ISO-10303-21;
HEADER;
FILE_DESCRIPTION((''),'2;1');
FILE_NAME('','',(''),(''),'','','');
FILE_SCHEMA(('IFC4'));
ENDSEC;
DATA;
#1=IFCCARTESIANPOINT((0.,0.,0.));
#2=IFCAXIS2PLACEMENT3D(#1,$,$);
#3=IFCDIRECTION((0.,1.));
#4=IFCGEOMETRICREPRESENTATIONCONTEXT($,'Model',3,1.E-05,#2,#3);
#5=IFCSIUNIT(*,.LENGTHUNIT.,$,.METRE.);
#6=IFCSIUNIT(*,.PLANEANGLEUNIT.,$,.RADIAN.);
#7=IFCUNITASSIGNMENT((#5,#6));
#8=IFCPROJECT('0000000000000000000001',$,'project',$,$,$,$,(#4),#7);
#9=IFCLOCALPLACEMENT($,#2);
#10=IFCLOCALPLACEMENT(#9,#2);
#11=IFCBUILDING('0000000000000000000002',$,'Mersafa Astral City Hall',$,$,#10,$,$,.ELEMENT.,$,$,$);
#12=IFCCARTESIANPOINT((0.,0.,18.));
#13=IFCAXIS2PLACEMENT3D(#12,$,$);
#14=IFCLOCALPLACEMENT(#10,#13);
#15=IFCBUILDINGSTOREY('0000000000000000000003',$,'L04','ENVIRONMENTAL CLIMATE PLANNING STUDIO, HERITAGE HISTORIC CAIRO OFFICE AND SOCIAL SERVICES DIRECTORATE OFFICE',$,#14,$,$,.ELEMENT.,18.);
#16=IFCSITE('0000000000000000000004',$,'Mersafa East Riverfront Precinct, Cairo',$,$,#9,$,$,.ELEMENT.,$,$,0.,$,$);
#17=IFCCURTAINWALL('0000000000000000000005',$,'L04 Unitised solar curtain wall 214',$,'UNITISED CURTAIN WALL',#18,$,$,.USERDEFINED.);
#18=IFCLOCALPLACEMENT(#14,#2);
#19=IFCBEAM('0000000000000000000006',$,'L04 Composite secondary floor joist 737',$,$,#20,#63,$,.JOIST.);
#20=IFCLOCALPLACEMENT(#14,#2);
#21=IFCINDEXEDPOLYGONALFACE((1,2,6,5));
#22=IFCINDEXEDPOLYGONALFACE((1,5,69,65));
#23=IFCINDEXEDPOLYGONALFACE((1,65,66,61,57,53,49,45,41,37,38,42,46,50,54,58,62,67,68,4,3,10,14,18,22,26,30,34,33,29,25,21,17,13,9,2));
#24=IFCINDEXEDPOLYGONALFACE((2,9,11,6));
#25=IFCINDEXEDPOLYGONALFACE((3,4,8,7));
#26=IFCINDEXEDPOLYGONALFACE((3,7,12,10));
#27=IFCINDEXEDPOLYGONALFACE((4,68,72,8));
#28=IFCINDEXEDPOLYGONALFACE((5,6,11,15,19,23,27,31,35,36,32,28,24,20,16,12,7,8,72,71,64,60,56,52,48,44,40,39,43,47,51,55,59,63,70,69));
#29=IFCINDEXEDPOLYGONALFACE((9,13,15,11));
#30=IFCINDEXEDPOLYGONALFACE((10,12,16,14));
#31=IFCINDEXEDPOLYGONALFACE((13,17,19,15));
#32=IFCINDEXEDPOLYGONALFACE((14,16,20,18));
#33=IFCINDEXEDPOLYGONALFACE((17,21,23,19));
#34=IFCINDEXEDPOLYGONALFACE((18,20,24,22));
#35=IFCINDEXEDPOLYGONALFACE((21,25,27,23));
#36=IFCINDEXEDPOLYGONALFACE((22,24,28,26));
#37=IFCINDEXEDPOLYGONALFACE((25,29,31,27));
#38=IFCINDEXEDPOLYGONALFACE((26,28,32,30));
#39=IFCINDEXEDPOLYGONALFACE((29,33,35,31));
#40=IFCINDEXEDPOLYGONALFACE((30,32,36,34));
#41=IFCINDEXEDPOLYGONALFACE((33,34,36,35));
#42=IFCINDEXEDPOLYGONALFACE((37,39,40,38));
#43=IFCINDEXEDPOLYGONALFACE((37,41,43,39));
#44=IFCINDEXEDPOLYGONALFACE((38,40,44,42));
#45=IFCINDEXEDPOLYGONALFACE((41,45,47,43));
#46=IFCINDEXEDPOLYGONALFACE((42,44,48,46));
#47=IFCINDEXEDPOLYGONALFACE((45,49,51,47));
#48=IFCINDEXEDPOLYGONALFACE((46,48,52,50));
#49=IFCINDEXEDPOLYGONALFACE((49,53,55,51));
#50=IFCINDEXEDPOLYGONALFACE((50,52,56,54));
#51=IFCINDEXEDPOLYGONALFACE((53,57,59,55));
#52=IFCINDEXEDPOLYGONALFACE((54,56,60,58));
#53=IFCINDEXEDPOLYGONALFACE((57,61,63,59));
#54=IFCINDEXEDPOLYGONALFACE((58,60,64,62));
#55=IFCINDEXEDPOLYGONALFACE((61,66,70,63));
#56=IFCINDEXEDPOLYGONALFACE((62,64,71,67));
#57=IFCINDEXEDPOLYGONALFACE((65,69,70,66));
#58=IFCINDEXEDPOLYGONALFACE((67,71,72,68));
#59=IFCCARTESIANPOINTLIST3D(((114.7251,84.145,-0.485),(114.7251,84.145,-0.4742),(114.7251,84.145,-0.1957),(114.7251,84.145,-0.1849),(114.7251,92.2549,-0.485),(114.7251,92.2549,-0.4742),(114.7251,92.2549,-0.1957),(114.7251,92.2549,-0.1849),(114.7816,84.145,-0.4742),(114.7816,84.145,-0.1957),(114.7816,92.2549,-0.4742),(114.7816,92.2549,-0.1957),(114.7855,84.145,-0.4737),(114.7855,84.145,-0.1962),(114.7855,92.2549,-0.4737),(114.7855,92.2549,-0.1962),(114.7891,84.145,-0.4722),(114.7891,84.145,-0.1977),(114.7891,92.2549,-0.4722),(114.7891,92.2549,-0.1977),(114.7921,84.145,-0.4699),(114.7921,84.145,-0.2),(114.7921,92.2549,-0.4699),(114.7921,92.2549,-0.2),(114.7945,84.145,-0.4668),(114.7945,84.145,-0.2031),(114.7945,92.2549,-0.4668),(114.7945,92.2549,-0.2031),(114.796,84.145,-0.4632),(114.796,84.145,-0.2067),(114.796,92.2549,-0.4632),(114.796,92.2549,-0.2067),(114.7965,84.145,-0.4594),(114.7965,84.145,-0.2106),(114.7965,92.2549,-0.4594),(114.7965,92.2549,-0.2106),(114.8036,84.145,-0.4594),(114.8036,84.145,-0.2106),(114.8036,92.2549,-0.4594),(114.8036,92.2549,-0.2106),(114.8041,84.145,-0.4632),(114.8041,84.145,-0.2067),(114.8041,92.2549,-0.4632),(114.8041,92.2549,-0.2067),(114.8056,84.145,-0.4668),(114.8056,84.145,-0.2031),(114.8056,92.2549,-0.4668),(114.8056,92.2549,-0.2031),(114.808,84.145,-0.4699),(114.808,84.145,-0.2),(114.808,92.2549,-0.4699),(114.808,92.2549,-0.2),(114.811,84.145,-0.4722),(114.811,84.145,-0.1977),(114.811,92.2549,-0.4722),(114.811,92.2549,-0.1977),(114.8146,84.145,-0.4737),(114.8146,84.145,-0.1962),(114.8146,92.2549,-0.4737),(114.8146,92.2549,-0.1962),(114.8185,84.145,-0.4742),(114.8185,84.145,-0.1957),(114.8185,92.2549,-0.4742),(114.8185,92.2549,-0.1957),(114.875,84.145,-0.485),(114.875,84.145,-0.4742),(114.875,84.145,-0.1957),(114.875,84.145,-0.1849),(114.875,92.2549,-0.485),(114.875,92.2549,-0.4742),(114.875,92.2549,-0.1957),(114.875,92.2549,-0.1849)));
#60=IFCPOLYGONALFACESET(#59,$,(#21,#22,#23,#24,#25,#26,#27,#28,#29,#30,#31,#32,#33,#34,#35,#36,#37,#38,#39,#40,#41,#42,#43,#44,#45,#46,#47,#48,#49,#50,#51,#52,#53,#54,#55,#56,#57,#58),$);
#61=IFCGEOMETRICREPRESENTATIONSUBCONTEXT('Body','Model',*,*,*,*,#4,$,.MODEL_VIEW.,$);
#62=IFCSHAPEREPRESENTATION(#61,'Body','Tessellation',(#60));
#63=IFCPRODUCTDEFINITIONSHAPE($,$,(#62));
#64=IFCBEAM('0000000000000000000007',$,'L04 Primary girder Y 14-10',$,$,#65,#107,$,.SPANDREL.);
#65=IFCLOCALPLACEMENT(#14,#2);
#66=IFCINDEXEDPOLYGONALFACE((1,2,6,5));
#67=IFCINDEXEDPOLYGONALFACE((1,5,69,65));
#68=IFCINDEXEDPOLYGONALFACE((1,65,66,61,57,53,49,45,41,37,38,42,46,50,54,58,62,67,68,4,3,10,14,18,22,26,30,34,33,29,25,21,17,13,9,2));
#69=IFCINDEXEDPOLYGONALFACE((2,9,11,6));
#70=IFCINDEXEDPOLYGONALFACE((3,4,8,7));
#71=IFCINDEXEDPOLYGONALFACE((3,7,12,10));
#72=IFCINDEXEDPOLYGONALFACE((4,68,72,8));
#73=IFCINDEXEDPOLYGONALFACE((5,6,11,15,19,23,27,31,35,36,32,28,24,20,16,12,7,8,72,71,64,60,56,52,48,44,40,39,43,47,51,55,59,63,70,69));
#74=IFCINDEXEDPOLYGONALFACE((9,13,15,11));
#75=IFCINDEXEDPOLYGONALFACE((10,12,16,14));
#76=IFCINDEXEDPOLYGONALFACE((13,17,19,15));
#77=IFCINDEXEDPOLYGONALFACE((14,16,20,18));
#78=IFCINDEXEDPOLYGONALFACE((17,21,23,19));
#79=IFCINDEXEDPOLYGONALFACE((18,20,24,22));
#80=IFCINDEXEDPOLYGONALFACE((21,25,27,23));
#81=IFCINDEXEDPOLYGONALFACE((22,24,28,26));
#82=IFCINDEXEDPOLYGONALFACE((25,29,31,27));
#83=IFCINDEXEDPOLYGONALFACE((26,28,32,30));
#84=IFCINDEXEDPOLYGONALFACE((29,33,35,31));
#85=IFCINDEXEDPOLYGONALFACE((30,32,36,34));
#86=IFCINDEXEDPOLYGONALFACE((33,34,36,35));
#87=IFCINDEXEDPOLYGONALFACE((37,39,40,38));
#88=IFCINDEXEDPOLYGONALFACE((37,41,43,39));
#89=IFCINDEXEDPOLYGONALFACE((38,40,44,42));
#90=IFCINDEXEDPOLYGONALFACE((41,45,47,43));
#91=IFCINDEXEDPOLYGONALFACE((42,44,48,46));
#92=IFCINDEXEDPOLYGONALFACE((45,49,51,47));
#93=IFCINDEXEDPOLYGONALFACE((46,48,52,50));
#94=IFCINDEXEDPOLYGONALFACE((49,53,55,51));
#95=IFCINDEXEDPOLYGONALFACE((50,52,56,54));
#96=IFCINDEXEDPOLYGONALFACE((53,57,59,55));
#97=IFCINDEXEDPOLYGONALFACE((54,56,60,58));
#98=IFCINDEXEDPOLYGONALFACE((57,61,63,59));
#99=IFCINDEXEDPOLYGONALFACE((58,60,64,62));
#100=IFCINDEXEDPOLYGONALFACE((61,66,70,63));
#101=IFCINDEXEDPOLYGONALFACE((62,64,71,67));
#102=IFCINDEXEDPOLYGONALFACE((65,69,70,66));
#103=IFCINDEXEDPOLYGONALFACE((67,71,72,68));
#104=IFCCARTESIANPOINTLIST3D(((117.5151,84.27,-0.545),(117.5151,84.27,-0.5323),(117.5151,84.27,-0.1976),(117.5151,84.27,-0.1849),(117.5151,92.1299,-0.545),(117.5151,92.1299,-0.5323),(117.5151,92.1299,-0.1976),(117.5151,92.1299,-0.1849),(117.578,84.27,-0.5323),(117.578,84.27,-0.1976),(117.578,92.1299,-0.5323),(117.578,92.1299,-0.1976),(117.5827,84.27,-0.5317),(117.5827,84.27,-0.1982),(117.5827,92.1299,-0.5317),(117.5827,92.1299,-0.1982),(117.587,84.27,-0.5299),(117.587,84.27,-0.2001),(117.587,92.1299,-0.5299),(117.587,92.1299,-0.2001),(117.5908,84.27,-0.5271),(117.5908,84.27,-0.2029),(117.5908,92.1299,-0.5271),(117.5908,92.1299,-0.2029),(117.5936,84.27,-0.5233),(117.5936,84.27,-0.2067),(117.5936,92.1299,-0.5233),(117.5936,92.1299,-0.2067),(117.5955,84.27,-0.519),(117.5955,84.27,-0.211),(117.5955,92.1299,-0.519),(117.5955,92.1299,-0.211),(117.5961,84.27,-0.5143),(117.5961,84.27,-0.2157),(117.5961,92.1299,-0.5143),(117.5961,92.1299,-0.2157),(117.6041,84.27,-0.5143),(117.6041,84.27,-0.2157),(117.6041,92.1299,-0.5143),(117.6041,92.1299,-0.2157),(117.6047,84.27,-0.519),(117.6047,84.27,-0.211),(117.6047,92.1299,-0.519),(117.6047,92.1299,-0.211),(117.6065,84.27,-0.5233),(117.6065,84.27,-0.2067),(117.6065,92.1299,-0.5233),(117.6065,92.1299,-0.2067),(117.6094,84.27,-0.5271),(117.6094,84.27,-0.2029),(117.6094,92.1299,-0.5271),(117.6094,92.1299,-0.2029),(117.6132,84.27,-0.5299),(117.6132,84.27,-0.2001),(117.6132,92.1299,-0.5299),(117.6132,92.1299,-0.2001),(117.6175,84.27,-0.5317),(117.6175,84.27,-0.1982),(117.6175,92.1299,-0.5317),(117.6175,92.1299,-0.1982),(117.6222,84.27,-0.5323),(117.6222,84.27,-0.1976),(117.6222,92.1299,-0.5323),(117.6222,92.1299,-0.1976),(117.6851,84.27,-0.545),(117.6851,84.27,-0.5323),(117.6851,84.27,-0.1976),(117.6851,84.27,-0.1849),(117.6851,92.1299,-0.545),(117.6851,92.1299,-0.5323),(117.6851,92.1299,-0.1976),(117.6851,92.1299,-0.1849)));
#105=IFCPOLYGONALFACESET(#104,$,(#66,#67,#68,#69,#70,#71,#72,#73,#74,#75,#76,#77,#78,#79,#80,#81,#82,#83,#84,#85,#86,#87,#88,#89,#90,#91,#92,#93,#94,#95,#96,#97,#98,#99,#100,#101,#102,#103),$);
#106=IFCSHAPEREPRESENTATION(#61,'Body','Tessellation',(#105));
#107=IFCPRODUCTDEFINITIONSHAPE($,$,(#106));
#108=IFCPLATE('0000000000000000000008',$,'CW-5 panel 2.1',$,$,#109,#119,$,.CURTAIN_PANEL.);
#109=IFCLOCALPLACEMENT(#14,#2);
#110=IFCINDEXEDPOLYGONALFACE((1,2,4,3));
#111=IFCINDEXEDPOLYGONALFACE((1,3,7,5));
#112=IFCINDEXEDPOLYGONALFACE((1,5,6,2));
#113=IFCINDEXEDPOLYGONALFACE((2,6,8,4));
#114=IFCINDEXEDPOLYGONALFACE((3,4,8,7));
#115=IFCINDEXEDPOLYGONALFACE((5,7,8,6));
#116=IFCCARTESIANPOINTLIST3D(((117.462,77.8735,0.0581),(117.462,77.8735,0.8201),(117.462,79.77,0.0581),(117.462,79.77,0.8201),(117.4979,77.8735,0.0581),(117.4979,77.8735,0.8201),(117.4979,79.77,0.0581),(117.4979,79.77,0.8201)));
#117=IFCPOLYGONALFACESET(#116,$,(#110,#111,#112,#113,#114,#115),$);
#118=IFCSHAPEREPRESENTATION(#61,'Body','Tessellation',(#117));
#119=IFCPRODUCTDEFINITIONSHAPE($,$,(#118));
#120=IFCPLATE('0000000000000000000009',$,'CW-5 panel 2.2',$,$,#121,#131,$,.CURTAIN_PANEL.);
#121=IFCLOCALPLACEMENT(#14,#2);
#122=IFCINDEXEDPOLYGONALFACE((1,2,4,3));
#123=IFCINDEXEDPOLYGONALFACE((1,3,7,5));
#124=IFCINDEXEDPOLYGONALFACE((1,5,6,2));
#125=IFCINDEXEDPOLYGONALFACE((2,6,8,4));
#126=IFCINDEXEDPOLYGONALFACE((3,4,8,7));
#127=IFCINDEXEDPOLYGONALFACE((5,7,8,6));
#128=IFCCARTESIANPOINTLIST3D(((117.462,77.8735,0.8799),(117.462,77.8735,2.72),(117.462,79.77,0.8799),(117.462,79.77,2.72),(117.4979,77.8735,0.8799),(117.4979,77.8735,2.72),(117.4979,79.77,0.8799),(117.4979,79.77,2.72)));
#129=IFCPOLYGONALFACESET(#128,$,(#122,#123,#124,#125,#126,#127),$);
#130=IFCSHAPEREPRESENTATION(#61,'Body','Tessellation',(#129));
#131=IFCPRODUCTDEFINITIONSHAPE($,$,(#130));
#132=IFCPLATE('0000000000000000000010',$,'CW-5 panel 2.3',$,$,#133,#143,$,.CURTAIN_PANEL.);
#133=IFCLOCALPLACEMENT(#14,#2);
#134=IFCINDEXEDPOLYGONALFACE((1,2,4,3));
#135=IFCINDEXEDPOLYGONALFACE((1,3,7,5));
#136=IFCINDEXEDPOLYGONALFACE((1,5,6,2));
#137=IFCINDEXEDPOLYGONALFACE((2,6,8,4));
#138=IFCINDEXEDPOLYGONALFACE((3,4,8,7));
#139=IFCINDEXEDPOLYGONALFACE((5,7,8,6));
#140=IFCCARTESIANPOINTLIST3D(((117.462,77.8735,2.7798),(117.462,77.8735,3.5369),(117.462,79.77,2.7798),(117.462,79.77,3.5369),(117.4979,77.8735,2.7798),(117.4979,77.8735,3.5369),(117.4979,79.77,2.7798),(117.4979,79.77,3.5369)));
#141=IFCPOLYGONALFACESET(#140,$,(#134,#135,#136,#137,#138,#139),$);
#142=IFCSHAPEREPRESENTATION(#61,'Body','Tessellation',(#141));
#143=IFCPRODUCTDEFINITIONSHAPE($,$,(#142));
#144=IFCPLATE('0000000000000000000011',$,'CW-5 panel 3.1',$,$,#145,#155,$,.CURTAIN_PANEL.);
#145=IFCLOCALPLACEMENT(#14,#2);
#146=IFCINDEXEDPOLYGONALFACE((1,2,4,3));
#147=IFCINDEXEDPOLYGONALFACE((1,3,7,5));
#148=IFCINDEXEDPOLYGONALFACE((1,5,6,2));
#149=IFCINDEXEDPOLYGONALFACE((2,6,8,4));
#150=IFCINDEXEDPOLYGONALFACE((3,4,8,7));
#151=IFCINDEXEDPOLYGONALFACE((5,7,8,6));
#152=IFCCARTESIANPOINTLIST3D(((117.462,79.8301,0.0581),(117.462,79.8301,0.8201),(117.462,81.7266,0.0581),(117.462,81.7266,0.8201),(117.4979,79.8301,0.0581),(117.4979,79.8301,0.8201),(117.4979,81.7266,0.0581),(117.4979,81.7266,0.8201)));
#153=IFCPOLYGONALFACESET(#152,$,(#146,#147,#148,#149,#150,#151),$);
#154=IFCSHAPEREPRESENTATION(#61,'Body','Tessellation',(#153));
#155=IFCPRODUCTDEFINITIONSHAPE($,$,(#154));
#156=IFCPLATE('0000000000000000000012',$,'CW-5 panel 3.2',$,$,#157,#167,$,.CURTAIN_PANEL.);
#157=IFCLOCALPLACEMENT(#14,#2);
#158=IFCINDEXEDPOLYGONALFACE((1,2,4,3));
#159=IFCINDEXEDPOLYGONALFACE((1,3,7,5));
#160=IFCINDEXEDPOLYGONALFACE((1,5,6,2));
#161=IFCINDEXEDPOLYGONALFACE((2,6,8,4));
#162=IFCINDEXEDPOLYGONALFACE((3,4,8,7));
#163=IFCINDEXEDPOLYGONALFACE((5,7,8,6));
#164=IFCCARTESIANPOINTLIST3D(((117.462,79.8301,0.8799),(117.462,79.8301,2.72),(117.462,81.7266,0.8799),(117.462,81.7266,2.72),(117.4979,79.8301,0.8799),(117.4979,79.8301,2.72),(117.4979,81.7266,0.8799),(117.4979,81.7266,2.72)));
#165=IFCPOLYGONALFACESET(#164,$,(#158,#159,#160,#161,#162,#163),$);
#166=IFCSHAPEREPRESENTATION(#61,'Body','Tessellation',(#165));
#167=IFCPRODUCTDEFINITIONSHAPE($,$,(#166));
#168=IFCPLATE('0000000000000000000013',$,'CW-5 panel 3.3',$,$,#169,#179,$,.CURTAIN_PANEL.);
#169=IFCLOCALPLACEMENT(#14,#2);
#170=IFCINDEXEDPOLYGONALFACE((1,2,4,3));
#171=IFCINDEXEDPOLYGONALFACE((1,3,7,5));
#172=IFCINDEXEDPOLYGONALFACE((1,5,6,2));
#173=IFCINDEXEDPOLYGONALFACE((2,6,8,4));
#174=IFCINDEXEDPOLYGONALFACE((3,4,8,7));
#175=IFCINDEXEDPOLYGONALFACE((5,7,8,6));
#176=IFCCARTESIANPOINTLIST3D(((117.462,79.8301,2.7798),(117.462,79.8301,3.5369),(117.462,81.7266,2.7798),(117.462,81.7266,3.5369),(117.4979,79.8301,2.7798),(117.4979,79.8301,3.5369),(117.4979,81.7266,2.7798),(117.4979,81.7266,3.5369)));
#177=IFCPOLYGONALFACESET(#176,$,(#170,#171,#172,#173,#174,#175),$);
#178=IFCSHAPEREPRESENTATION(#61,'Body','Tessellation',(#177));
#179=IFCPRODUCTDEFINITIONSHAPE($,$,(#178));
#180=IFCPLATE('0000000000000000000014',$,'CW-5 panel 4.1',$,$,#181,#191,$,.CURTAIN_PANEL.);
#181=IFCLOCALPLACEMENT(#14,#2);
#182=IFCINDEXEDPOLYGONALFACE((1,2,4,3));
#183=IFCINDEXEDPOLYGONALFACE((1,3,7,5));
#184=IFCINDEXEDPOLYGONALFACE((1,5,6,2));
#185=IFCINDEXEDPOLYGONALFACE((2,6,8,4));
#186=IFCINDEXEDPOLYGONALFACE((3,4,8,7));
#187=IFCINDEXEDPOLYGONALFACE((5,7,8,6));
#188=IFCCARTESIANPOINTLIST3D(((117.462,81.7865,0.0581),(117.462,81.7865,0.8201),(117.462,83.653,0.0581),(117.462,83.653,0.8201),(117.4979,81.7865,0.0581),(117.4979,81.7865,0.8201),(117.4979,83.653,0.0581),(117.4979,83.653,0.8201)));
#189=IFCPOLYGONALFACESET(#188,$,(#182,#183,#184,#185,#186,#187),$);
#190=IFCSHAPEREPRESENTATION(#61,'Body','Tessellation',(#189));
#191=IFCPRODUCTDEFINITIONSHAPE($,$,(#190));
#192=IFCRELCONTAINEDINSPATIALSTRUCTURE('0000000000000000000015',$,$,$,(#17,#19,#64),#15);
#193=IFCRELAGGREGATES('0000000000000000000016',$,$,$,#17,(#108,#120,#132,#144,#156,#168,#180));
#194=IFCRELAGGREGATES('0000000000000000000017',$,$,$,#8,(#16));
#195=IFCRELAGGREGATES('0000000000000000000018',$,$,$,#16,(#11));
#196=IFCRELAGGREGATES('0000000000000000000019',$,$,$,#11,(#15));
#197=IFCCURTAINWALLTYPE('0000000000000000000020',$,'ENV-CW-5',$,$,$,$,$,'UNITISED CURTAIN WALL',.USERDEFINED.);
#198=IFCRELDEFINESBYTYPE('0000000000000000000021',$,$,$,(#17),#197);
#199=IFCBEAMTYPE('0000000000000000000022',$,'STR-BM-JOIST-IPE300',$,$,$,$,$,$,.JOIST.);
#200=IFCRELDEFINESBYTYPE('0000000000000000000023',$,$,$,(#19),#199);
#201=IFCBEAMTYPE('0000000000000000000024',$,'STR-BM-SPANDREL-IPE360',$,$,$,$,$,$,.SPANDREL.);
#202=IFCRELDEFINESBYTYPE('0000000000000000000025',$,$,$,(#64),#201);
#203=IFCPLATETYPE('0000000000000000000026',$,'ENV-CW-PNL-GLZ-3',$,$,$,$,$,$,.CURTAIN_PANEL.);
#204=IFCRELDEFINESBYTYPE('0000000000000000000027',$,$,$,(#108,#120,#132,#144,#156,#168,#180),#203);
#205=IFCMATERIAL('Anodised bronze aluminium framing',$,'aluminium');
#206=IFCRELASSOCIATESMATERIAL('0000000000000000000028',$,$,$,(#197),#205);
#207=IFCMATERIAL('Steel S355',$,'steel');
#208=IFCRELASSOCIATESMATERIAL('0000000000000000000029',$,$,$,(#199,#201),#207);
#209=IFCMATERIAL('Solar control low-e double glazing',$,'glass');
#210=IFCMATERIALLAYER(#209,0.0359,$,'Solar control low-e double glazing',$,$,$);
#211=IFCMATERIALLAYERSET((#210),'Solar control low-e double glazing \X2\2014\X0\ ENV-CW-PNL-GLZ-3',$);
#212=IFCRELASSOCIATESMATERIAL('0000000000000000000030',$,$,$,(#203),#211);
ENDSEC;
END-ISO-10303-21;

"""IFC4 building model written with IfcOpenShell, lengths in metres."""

from ifc_helpers import new_model, si_unit, direction, frame, origin, origin_2d, place, context, subcontext, project, spatial, rectangle, i_section, extrude, material, layer, layer_set, material_profile, profile_set, type_object, element, aggregate, save


model = new_model("IFC4")

# Units and contexts
model_context = context("Model", 3, precision=1e-05, world=origin(), true_north=direction((0.0, 1.0)))
body_context = subcontext(model_context, "Body", "Model", "MODEL_VIEW")
ifc_project = project(units=[si_unit("LENGTHUNIT", "METRE"), si_unit("PLANEANGLEUNIT", "RADIAN")], contexts=[model_context])

# Site, building, storey
site_placement = place(None, origin())
site = spatial("IfcSite", under=ifc_project, at=site_placement, Name="Mersafa East Riverfront Precinct, Cairo", CompositionType="ELEMENT", RefElevation=0.0)
building_placement = place(site_placement, origin())
building = spatial("IfcBuilding", under=site, at=building_placement, Name="Mersafa Astral City Hall", CompositionType="ELEMENT")
storey_placement = place(building_placement, frame((0.0, 0.0, 18.0)))
storey = spatial("IfcBuildingStorey", under=building, at=storey_placement, Name="L04", Description="ENVIRONMENTAL CLIMATE PLANNING STUDIO, HERITAGE HISTORIC CAIRO OFFICE AND SOCIAL SERVICES DIRECTORATE OFFICE", CompositionType="ELEMENT", Elevation=18.0)

# Shared definitions
ifc_material_1 = material(Name="Steel S355", Category="steel")

# Curtain wall
ifc_material_2 = material(Name="Anodised bronze aluminium framing", Category="aluminium")
curtain_wall_type_1 = type_object("IfcCurtainWallType", Name="ENV-CW-5", ElementType="UNITISED CURTAIN WALL", PredefinedType="USERDEFINED", material=ifc_material_2)
curtain_wall_1_placement = place(storey_placement, origin())
curtain_wall_1 = element("IfcCurtainWall", 1, at=curtain_wall_1_placement, inside=storey, type_object=curtain_wall_type_1, Name="L04 Unitised solar curtain wall 214", ObjectType="UNITISED CURTAIN WALL", PredefinedType="USERDEFINED")

# Beams
ifc_material_profile_1 = material_profile(ifc_material_1, i_section(OverallWidth=0.1499, OverallDepth=0.3, WebThickness=0.0071, FlangeThickness=0.0107, FilletRadius=0.0149, at=origin_2d()), Name="IPE 300")
ifc_profile_set_1 = profile_set([ifc_material_profile_1], Name="Steel S355")
beam_type_1 = type_object("IfcBeamType", Name="STR-BM-JOIST-IPE300", PredefinedType="JOIST", material=ifc_profile_set_1)
for number, where, z_axis, x_axis, name in (
    (2, (114.8, 84.145, -0.335), (0.0, 1.0, 0.0), (-1.0, 0.0, 0.0), "L04 Composite secondary floor joist 737"),
):
    element("IfcBeam", number, at=place(storey_placement, frame(where, z_axis=z_axis, x_axis=x_axis)), inside=storey, type_object=beam_type_1, Name=name, PredefinedType="JOIST", context=body_context, shape_type="SweptSolid", body=[
        extrude(i_section(OverallWidth=0.1499, OverallDepth=0.3, WebThickness=0.0071, FlangeThickness=0.0107, FilletRadius=0.0149, at=origin_2d()), origin(), (0.0, 0.0, 1.0), 8.1099),
    ])
ifc_material_profile_2 = material_profile(ifc_material_1, i_section(OverallWidth=0.1699, OverallDepth=0.3601, WebThickness=0.0081, FlangeThickness=0.0127, FilletRadius=0.0181, at=origin_2d()), Name="IPE 360")
ifc_profile_set_2 = profile_set([ifc_material_profile_2], Name="Steel S355")
beam_type_2 = type_object("IfcBeamType", Name="STR-BM-SPANDREL-IPE360", PredefinedType="SPANDREL", material=ifc_profile_set_2)
beam_placement = place(storey_placement, frame((117.6001, 84.27, -0.365), z_axis=(0.0, 1.0, 0.0), x_axis=(-1.0, 0.0, 0.0)))
element("IfcBeam", 3, at=beam_placement, inside=storey, type_object=beam_type_2, Name="L04 Primary girder Y 14-10", PredefinedType="SPANDREL", context=body_context, shape_type="SweptSolid", body=[
    extrude(i_section(OverallWidth=0.1699, OverallDepth=0.3601, WebThickness=0.0081, FlangeThickness=0.0127, FilletRadius=0.0181, at=origin_2d()), origin(), (0.0, 0.0, 1.0), 7.8599),
])

# Plates
ifc_material_3 = material(Name="Solar control low-e double glazing", Category="glass")
ifc_layer_1 = layer(ifc_material_3, 0.0359, Name="Solar control low-e double glazing")
ifc_layer_set_1 = layer_set([ifc_layer_1], Name="Solar control low-e double glazing — ENV-CW-PNL-GLZ-3")
plate_type_1 = type_object("IfcPlateType", Name="ENV-CW-PNL-GLZ-3", PredefinedType="CURTAIN_PANEL", material=ifc_layer_set_1)
plate_1_placement = place(storey_placement, frame((117.48, 78.8218, 0.0581), z_axis=(0.0, 0.0, 1.0), x_axis=(0.0, 1.0, 0.0)))
plate_1 = element("IfcPlate", 4, at=plate_1_placement, type_object=plate_type_1, Name="CW-5 panel 2.1", PredefinedType="CURTAIN_PANEL", context=body_context, shape_type="SweptSolid", body=[
    extrude(rectangle(XDim=1.8965, YDim=0.0359, at=origin_2d()), origin(), (0.0, 0.0, 1.0), 0.762),
])
plate_2_placement = place(storey_placement, frame((117.48, 78.8218, 0.8799), z_axis=(0.0, 0.0, 1.0), x_axis=(0.0, 1.0, 0.0)))
plate_2 = element("IfcPlate", 5, at=plate_2_placement, type_object=plate_type_1, Name="CW-5 panel 2.2", PredefinedType="CURTAIN_PANEL", context=body_context, shape_type="SweptSolid", body=[
    extrude(rectangle(XDim=1.8965, YDim=0.0359, at=origin_2d()), origin(), (0.0, 0.0, 1.0), 1.8401),
])
plate_3_placement = place(storey_placement, frame((117.48, 78.8218, 2.7798), z_axis=(0.0, 0.0, 1.0), x_axis=(0.0, 1.0, 0.0)))
plate_3 = element("IfcPlate", 6, at=plate_3_placement, type_object=plate_type_1, Name="CW-5 panel 2.3", PredefinedType="CURTAIN_PANEL", context=body_context, shape_type="SweptSolid", body=[
    extrude(rectangle(XDim=1.8965, YDim=0.0359, at=origin_2d()), origin(), (0.0, 0.0, 1.0), 0.7571),
])
plate_4_placement = place(storey_placement, frame((117.48, 80.7783, 0.0581), z_axis=(0.0, 0.0, 1.0), x_axis=(0.0, 1.0, 0.0)))
plate_4 = element("IfcPlate", 7, at=plate_4_placement, type_object=plate_type_1, Name="CW-5 panel 3.1", PredefinedType="CURTAIN_PANEL", context=body_context, shape_type="SweptSolid", body=[
    extrude(rectangle(XDim=1.8965, YDim=0.0359, at=origin_2d()), origin(), (0.0, 0.0, 1.0), 0.762),
])
plate_5_placement = place(storey_placement, frame((117.48, 80.7783, 0.8799), z_axis=(0.0, 0.0, 1.0), x_axis=(0.0, 1.0, 0.0)))
plate_5 = element("IfcPlate", 8, at=plate_5_placement, type_object=plate_type_1, Name="CW-5 panel 3.2", PredefinedType="CURTAIN_PANEL", context=body_context, shape_type="SweptSolid", body=[
    extrude(rectangle(XDim=1.8965, YDim=0.0359, at=origin_2d()), origin(), (0.0, 0.0, 1.0), 1.8401),
])
plate_6_placement = place(storey_placement, frame((117.48, 80.7783, 2.7798), z_axis=(0.0, 0.0, 1.0), x_axis=(0.0, 1.0, 0.0)))
plate_6 = element("IfcPlate", 9, at=plate_6_placement, type_object=plate_type_1, Name="CW-5 panel 3.3", PredefinedType="CURTAIN_PANEL", context=body_context, shape_type="SweptSolid", body=[
    extrude(rectangle(XDim=1.8965, YDim=0.0359, at=origin_2d()), origin(), (0.0, 0.0, 1.0), 0.7571),
])
plate_7_placement = place(storey_placement, frame((117.48, 82.7197, 0.0581), z_axis=(0.0, 0.0, 1.0), x_axis=(0.0, 1.0, 0.0)))
plate_7 = element("IfcPlate", 10, at=plate_7_placement, type_object=plate_type_1, Name="CW-5 panel 4.1", PredefinedType="CURTAIN_PANEL", context=body_context, shape_type="SweptSolid", body=[
    extrude(rectangle(XDim=1.8665, YDim=0.0359, at=origin_2d()), origin(), (0.0, 0.0, 1.0), 0.762),
])
aggregate(curtain_wall_1, [plate_1, plate_2, plate_3, plate_4, plate_5, plate_6, plate_7])

save(model, "model.ifc")
